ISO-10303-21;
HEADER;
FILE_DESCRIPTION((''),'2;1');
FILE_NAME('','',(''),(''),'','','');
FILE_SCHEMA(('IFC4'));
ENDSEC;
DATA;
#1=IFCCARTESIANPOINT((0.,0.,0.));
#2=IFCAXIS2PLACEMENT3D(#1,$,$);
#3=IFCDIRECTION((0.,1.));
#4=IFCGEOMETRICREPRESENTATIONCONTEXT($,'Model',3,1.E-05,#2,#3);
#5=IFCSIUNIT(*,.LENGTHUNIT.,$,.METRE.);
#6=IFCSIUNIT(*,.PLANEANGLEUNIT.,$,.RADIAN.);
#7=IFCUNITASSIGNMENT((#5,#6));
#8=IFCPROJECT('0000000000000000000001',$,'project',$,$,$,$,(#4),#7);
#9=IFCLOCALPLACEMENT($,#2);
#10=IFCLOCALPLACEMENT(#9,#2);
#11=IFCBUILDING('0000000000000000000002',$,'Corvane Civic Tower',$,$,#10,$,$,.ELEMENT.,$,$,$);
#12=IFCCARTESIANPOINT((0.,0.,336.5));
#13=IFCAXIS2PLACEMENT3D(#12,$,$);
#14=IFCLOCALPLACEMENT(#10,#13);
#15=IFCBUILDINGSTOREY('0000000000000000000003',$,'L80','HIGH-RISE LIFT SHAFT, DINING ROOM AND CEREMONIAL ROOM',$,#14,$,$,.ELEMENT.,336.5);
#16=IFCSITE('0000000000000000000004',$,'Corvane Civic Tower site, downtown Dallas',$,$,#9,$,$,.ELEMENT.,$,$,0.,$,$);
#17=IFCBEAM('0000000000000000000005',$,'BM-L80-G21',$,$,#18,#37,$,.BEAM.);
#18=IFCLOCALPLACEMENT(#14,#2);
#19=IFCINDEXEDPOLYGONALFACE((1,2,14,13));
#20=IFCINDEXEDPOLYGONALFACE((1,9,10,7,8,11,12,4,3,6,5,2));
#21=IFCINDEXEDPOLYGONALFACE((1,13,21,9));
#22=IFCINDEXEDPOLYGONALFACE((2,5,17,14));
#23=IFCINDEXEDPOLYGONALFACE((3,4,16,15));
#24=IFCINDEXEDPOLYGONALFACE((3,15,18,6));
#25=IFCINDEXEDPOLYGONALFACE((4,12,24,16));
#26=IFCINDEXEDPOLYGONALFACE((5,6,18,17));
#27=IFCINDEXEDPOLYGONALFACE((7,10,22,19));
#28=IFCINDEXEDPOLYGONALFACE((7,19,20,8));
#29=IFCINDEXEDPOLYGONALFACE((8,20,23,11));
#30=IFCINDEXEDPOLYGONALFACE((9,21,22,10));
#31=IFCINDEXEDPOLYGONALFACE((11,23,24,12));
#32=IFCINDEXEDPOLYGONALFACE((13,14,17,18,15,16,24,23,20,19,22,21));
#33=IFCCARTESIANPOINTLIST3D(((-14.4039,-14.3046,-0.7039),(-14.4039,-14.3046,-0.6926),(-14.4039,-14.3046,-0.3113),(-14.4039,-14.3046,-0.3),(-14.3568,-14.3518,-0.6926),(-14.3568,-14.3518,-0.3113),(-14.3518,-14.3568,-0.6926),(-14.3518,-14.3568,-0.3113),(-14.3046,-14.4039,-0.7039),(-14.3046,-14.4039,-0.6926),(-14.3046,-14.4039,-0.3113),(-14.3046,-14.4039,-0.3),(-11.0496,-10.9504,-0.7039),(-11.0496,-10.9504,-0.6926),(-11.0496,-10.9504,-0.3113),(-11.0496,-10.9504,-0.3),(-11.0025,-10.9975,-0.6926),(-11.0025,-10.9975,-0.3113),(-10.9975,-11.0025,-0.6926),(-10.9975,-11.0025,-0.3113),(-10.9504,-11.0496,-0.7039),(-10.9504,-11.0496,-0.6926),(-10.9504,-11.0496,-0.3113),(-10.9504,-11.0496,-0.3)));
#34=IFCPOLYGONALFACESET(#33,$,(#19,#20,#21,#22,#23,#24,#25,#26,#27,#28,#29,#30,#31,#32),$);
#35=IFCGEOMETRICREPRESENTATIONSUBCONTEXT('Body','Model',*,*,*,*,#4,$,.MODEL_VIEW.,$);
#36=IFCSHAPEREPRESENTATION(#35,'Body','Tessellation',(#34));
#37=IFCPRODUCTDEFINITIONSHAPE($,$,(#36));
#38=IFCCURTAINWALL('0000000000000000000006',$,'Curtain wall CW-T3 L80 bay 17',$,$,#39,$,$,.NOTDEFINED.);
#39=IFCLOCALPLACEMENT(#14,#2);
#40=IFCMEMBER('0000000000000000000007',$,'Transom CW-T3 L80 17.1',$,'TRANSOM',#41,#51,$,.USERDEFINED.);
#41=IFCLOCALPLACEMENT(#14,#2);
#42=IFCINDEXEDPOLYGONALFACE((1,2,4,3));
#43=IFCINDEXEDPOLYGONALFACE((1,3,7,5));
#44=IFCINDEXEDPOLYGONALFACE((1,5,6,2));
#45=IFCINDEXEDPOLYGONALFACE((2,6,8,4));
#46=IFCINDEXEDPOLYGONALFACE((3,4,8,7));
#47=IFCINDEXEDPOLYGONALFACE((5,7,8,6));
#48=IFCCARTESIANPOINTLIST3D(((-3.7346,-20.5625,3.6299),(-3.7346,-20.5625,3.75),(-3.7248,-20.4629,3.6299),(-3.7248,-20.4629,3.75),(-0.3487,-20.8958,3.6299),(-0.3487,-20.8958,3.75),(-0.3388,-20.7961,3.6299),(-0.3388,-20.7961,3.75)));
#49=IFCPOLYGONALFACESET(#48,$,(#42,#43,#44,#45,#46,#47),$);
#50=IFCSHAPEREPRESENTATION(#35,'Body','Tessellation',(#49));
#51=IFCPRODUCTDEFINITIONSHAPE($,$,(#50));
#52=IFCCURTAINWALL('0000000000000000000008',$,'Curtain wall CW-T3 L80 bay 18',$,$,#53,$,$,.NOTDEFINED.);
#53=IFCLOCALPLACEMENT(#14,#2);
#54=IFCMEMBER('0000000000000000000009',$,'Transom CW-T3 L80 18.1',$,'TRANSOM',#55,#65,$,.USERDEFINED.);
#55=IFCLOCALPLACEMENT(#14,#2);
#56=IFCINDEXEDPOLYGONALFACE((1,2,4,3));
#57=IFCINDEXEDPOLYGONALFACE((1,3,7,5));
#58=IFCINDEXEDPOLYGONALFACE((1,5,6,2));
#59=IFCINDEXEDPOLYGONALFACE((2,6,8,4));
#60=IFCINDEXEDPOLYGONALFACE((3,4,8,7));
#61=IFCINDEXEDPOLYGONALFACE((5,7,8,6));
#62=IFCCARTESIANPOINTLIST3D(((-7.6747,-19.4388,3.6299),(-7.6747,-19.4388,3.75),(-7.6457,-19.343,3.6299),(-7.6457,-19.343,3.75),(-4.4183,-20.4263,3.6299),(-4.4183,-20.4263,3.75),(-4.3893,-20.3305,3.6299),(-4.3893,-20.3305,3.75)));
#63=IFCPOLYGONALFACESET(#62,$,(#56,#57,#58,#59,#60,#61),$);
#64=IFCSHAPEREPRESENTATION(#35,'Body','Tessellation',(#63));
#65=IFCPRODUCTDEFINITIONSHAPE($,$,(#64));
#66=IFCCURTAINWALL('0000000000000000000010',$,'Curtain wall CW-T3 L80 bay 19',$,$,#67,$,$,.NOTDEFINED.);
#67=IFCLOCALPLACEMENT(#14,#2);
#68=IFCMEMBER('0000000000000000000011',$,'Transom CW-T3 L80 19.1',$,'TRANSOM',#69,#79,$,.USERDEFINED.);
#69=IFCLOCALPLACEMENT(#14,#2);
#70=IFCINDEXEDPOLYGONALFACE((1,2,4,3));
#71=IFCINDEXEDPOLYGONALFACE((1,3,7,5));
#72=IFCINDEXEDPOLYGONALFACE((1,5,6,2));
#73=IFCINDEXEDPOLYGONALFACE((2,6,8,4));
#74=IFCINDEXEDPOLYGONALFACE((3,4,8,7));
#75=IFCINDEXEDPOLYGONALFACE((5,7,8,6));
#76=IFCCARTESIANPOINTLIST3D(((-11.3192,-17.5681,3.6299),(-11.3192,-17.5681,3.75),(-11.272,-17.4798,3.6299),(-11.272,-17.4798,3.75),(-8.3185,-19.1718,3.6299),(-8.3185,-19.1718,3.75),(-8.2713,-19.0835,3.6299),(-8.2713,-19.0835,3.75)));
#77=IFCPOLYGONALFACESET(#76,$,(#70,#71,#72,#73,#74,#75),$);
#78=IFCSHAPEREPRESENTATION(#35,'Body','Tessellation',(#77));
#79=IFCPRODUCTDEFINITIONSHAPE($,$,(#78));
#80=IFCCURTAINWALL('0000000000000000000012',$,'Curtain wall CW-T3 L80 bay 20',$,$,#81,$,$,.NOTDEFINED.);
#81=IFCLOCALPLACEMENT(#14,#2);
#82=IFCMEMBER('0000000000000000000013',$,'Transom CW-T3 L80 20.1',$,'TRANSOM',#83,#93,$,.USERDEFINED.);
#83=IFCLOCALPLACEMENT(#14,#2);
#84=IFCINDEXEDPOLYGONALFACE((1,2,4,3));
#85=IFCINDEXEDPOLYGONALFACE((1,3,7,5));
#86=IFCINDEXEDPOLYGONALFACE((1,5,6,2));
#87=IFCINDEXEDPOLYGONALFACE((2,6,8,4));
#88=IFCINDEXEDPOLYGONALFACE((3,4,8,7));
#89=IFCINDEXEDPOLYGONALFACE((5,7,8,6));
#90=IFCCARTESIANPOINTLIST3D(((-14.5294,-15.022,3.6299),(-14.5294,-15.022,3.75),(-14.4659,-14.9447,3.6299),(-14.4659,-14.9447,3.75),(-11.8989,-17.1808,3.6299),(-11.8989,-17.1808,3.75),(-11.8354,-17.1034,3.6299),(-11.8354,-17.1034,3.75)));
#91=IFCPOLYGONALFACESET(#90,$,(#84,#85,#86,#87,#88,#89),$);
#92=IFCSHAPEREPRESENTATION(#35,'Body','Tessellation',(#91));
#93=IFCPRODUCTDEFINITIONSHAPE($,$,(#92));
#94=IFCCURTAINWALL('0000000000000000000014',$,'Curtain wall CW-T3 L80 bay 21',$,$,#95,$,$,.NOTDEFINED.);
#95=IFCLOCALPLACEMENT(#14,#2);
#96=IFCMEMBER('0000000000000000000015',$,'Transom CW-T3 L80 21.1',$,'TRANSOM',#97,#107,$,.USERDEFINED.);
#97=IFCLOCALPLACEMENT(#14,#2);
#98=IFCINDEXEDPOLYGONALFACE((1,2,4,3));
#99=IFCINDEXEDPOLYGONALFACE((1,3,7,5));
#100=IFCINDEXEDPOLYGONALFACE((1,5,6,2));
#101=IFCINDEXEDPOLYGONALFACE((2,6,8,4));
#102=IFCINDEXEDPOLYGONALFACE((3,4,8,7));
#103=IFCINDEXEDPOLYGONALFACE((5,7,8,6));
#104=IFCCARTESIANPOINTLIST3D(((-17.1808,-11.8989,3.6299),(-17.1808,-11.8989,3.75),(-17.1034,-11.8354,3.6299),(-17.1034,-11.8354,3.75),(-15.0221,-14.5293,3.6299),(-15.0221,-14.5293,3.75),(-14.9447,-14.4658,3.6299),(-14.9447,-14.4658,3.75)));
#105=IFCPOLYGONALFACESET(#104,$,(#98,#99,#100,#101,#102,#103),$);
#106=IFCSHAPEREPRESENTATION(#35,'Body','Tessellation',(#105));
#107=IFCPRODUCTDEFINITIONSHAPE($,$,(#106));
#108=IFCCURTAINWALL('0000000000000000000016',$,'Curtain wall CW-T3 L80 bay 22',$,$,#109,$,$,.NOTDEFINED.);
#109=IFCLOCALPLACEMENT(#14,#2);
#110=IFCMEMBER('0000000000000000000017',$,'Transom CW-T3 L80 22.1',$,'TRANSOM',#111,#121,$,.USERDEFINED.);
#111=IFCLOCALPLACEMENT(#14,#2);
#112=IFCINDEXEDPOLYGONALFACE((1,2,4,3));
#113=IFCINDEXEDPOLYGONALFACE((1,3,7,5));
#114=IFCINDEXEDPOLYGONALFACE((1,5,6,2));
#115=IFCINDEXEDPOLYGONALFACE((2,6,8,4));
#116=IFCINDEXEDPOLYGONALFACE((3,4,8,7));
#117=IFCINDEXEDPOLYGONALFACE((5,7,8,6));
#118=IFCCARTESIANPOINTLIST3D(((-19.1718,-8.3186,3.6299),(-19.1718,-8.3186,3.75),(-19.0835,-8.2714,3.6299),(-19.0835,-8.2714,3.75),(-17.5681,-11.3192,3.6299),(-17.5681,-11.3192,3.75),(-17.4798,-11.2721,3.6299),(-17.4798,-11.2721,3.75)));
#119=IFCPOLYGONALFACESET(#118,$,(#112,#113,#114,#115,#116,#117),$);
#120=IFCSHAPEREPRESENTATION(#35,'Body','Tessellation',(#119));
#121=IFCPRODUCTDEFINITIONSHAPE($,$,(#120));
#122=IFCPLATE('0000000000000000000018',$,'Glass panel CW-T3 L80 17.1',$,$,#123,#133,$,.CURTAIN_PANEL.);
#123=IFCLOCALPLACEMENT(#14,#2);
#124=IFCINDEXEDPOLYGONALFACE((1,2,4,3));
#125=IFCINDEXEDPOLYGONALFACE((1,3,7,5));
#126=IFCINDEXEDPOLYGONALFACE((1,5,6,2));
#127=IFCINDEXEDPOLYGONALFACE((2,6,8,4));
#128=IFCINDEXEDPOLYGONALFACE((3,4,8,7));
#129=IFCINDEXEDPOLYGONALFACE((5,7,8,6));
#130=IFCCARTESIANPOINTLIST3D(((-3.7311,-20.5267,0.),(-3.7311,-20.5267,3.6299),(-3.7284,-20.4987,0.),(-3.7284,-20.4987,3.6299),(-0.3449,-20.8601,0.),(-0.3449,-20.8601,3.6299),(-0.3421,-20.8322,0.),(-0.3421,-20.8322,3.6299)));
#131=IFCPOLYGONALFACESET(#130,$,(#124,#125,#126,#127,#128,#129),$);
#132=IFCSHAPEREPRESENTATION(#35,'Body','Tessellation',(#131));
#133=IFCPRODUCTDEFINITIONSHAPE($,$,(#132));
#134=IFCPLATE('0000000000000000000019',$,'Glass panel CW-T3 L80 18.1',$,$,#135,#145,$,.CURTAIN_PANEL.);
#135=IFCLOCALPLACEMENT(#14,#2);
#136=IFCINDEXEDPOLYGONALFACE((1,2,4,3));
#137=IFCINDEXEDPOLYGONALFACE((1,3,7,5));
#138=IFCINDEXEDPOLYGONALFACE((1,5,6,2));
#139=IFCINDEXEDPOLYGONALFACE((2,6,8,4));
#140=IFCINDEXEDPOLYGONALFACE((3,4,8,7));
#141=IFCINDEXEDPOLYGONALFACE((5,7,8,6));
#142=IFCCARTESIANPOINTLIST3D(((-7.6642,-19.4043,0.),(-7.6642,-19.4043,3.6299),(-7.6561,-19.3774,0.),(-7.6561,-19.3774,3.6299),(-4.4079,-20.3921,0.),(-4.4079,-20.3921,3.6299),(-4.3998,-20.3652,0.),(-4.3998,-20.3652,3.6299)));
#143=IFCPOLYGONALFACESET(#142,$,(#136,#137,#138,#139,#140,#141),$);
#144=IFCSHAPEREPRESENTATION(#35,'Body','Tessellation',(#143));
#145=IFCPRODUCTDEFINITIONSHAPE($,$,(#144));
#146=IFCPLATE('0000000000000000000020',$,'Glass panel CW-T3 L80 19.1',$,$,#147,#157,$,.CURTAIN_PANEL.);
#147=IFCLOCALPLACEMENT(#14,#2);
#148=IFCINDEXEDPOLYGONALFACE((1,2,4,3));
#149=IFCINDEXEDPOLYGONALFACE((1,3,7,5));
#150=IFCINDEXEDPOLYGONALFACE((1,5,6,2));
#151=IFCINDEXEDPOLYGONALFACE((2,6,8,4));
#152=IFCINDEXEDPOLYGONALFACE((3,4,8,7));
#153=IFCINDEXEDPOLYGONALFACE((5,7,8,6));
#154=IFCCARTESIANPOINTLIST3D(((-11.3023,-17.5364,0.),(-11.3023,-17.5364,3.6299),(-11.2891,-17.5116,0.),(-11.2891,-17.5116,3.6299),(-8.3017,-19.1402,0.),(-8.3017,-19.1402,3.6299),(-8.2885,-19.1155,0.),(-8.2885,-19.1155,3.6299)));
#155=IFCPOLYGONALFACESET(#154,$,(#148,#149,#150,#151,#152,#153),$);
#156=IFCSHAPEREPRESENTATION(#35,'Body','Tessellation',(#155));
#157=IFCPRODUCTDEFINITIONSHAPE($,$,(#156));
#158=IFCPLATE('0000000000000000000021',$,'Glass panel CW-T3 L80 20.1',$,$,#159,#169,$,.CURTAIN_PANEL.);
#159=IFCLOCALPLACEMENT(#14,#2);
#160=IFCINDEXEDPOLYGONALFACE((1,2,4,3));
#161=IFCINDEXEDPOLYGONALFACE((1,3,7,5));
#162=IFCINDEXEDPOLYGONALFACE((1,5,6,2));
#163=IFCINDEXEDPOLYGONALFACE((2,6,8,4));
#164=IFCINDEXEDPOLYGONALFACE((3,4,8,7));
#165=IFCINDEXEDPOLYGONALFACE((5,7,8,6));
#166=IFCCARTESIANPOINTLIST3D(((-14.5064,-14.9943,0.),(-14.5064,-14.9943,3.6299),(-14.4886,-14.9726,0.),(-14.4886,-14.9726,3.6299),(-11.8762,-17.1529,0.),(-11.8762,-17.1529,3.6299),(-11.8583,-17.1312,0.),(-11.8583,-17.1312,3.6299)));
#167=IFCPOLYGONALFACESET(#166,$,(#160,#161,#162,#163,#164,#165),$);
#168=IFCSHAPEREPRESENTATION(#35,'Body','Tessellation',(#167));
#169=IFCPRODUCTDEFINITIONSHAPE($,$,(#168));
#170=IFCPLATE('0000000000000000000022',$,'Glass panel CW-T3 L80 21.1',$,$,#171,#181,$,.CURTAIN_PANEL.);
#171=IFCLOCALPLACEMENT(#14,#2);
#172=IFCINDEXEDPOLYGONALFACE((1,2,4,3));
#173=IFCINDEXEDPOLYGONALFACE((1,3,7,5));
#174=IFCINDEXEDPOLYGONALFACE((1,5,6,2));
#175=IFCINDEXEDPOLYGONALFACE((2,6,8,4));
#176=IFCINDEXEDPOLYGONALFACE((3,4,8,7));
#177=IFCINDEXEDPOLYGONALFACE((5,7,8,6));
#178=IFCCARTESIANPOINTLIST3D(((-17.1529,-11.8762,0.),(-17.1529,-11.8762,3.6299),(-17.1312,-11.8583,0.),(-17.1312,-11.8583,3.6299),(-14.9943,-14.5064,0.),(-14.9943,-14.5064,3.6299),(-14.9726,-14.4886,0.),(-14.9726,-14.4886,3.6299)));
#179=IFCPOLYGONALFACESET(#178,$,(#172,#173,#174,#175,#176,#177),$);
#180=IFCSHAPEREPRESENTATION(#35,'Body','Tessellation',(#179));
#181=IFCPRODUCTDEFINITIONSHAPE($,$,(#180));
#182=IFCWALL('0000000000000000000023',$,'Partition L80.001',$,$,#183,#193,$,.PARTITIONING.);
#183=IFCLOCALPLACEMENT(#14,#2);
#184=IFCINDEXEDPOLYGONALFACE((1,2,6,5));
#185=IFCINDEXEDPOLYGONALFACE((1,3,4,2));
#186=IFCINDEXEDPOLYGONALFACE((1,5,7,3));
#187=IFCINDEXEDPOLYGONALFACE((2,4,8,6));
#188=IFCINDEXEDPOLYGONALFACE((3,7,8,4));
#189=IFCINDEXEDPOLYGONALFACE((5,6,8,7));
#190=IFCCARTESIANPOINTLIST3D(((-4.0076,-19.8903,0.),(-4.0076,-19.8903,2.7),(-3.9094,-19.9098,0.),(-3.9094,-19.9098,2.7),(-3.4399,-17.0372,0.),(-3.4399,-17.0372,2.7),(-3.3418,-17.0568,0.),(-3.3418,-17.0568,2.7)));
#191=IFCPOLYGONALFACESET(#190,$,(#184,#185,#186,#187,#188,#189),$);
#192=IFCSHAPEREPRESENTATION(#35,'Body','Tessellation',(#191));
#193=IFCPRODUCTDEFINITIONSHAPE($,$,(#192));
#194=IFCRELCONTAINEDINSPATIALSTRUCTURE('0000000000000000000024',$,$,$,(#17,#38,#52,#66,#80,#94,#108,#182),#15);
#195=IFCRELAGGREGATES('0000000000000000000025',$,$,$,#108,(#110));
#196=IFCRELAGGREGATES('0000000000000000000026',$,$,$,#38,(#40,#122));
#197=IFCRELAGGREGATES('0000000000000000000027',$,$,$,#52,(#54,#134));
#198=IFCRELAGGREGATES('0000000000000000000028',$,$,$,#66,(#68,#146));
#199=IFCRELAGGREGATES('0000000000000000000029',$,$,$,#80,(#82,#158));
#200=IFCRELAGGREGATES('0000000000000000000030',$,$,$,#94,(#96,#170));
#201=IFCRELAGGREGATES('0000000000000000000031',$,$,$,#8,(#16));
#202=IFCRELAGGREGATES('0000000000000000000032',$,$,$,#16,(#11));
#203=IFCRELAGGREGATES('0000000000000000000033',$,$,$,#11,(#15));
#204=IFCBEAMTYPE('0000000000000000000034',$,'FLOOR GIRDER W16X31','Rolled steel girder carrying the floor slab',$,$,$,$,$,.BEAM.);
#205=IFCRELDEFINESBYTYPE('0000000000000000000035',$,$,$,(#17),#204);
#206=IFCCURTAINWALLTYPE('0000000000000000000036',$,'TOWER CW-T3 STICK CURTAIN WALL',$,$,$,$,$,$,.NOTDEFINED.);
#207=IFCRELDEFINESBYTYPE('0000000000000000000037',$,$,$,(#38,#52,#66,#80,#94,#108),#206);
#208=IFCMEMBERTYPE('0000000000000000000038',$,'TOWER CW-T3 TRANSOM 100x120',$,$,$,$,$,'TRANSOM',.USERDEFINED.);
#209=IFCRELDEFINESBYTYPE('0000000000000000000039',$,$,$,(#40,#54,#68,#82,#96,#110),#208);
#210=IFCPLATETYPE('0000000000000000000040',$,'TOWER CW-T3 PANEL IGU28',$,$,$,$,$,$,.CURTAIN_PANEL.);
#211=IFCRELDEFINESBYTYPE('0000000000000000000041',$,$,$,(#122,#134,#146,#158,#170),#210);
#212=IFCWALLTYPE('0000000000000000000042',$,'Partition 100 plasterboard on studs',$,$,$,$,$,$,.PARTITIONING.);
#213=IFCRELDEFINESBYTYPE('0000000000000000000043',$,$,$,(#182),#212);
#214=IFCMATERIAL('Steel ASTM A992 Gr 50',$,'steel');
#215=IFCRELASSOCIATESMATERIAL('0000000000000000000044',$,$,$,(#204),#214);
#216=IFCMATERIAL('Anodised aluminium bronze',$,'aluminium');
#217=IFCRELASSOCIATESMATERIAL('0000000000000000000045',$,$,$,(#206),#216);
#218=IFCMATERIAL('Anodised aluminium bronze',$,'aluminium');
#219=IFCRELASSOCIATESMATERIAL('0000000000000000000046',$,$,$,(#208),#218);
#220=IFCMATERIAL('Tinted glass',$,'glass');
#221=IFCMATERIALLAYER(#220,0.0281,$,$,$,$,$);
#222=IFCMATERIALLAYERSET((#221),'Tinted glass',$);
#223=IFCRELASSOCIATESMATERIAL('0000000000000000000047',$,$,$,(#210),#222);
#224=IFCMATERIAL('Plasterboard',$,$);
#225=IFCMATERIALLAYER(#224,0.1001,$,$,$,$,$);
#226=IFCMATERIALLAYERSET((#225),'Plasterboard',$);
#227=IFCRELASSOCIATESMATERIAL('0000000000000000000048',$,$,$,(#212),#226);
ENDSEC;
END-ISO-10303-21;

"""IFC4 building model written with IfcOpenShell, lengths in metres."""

from ifc_helpers import new_model, si_unit, direction, frame, frame_2d, origin, origin_2d, place, context, subcontext, project, spatial, rectangle, i_section, extrude, material, layer, layer_set, material_profile, profile_set, type_object, element, aggregate, save


model = new_model("IFC4")

# Units and contexts
model_context = context("Model", 3, precision=1e-05, world=origin(), true_north=direction((0.0, 1.0)))
body_context = subcontext(model_context, "Body", "Model", "MODEL_VIEW")
ifc_project = project(units=[si_unit("LENGTHUNIT", "METRE"), si_unit("PLANEANGLEUNIT", "RADIAN")], contexts=[model_context])

# Site, building, storey
site_placement = place(None, origin())
site = spatial("IfcSite", under=ifc_project, at=site_placement, Name="Corvane Civic Tower site, downtown Dallas", CompositionType="ELEMENT", RefElevation=0.0)
building_placement = place(site_placement, origin())
building = spatial("IfcBuilding", under=site, at=building_placement, Name="Corvane Civic Tower", CompositionType="ELEMENT")
storey_placement = place(building_placement, frame((0.0, 0.0, 336.5)))
storey = spatial("IfcBuildingStorey", under=building, at=storey_placement, Name="L80", Description="HIGH-RISE LIFT SHAFT, DINING ROOM AND CEREMONIAL ROOM", CompositionType="ELEMENT", Elevation=336.5)

# Beam
ifc_material_1 = material(Name="Steel ASTM A992 Gr 50", Category="steel")
ifc_material_profile_1 = material_profile(ifc_material_1, i_section(OverallWidth=0.1404, OverallDepth=0.4038, WebThickness=0.0071, FlangeThickness=0.0112, at=origin_2d()), Name="W16X31")
ifc_profile_set_1 = profile_set([ifc_material_profile_1], Name="Steel ASTM A992 Gr 50")
beam_type_1 = type_object("IfcBeamType", Name="FLOOR GIRDER W16X31", Description="Rolled steel girder carrying the floor slab", PredefinedType="BEAM", material=ifc_profile_set_1)
beam_1_placement = place(storey_placement, frame((-11.0, -11.0, -0.502), z_axis=(-0.707107, -0.707107, 0.0), x_axis=(0.707107, -0.707107, 0.0)))
element("IfcBeam", 1, at=beam_1_placement, inside=storey, type_object=beam_type_1, Name="BM-L80-G21", PredefinedType="BEAM", context=body_context, shape_type="SweptSolid", body=[
    extrude(i_section(OverallWidth=0.1404, OverallDepth=0.4038, WebThickness=0.0071, FlangeThickness=0.0112, at=origin_2d()), origin(), (0.0, 0.0, 1.0), 4.7437),
])

# Curtain walls, members
ifc_material_2 = material(Name="Anodised aluminium bronze", Category="aluminium")
curtain_wall_type = type_object("IfcCurtainWallType", Name="TOWER CW-T3 STICK CURTAIN WALL", PredefinedType="NOTDEFINED", material=ifc_material_2)
curtain_wall_1_placement = place(storey_placement, origin())
curtain_wall_1 = element("IfcCurtainWall", 2, at=curtain_wall_1_placement, inside=storey, type_object=curtain_wall_type, Name="Curtain wall CW-T3 L80 bay 17", PredefinedType="NOTDEFINED")
ifc_material_3 = material(Name="Anodised aluminium bronze", Category="aluminium")
ifc_material_profile_2 = material_profile(ifc_material_3, rectangle(XDim=0.1001, YDim=0.1201, at=origin_2d()), Name="TOWER CW-T3 TRANSOM 100x120")
ifc_profile_set_2 = profile_set([ifc_material_profile_2], Name="Anodised aluminium bronze")
member_type = type_object("IfcMemberType", Name="TOWER CW-T3 TRANSOM 100x120", ElementType="TRANSOM", PredefinedType="USERDEFINED", material=ifc_profile_set_2)
member_1_placement = place(storey_placement, frame((-0.3438, -20.8459, 3.6899), z_axis=(-0.995192, 0.097948, 0.0), x_axis=(-0.097948, -0.995192, 0.0)))
member_1 = element("IfcMember", 3, at=member_1_placement, type_object=member_type, Name="Transom CW-T3 L80 17.1", ObjectType="TRANSOM", PredefinedType="USERDEFINED", context=body_context, shape_type="SweptSolid", body=[
    extrude(rectangle(XDim=0.1001, YDim=0.1201, at=origin_2d()), origin(), (0.0, 0.0, 1.0), 3.4023),
])
curtain_wall_2_placement = place(storey_placement, origin())
curtain_wall_2 = element("IfcCurtainWall", 4, at=curtain_wall_2_placement, inside=storey, type_object=curtain_wall_type, Name="Curtain wall CW-T3 L80 bay 18", PredefinedType="NOTDEFINED")
member_2_placement = place(storey_placement, frame((-4.4038, -20.3784, 3.6899), z_axis=(-0.956961, 0.290216, 0.0), x_axis=(-0.290216, -0.956961, 0.0)))
member_2 = element("IfcMember", 5, at=member_2_placement, type_object=member_type, Name="Transom CW-T3 L80 18.1", ObjectType="TRANSOM", PredefinedType="USERDEFINED", context=body_context, shape_type="SweptSolid", body=[
    extrude(rectangle(XDim=0.1001, YDim=0.1201, at=origin_2d()), origin(), (0.0, 0.0, 1.0), 3.4028),
])
curtain_wall_3_placement = place(storey_placement, origin())
curtain_wall_3 = element("IfcCurtainWall", 6, at=curtain_wall_3_placement, inside=storey, type_object=curtain_wall_type, Name="Curtain wall CW-T3 L80 bay 19", PredefinedType="NOTDEFINED")
member_3_placement = place(storey_placement, frame((-8.2949, -19.1277, 3.6899), z_axis=(-0.881941, 0.471359, 0.0), x_axis=(-0.471359, -0.881941, 0.0)))
member_3 = element("IfcMember", 7, at=member_3_placement, type_object=member_type, Name="Transom CW-T3 L80 19.1", ObjectType="TRANSOM", PredefinedType="USERDEFINED", context=body_context, shape_type="SweptSolid", body=[
    extrude(rectangle(XDim=0.1001, YDim=0.1201, at=origin_2d()), origin(), (0.0, 0.0, 1.0), 3.4023),
])
curtain_wall_4_placement = place(storey_placement, origin())
curtain_wall_4 = element("IfcCurtainWall", 8, at=curtain_wall_4_placement, inside=storey, type_object=curtain_wall_type, Name="Curtain wall CW-T3 L80 bay 20", PredefinedType="NOTDEFINED")
member_4_placement = place(storey_placement, frame((-11.8672, -17.1421, 3.6899), z_axis=(-0.77301, 0.634394, 0.0), x_axis=(-0.634394, -0.77301, 0.0)))
member_4 = element("IfcMember", 9, at=member_4_placement, type_object=member_type, Name="Transom CW-T3 L80 20.1", ObjectType="TRANSOM", PredefinedType="USERDEFINED", context=body_context, shape_type="SweptSolid", body=[
    extrude(rectangle(XDim=0.1001, YDim=0.1201, at=origin_2d()), origin(), (0.0, 0.0, 1.0), 3.4028),
])
curtain_wall_5_placement = place(storey_placement, origin())
curtain_wall_5 = element("IfcCurtainWall", 10, at=curtain_wall_5_placement, inside=storey, type_object=curtain_wall_type, Name="Curtain wall CW-T3 L80 bay 21", PredefinedType="NOTDEFINED")
member_5_placement = place(storey_placement, frame((-14.9834, -14.4976, 3.6899), z_axis=(-0.634394, 0.77301, 0.0), x_axis=(-0.77301, -0.634394, 0.0)))
member_5 = element("IfcMember", 11, at=member_5_placement, type_object=member_type, Name="Transom CW-T3 L80 21.1", ObjectType="TRANSOM", PredefinedType="USERDEFINED", context=body_context, shape_type="SweptSolid", body=[
    extrude(rectangle(XDim=0.1001, YDim=0.1201, at=origin_2d()), origin(), (0.0, 0.0, 1.0), 3.4028),
])
curtain_wall_6_placement = place(storey_placement, origin())
curtain_wall_6 = element("IfcCurtainWall", 12, at=curtain_wall_6_placement, inside=storey, type_object=curtain_wall_type, Name="Curtain wall CW-T3 L80 bay 22", PredefinedType="NOTDEFINED")
member_6_placement = place(storey_placement, frame((-17.5239, -11.2957, 3.6899), z_axis=(-0.471359, 0.881941, 0.0), x_axis=(-0.881941, -0.471359, 0.0)))
member_6 = element("IfcMember", 13, at=member_6_placement, type_object=member_type, Name="Transom CW-T3 L80 22.1", ObjectType="TRANSOM", PredefinedType="USERDEFINED", context=body_context, shape_type="SweptSolid", body=[
    extrude(rectangle(XDim=0.1001, YDim=0.1201, at=origin_2d()), origin(), (0.0, 0.0, 1.0), 3.4023),
])
aggregate(curtain_wall_6, [member_6])

# Plates
ifc_material_4 = material(Name="Tinted glass", Category="glass")
ifc_layer_1 = layer(ifc_material_4, 0.0281)
ifc_layer_set_1 = layer_set([ifc_layer_1], Name="Tinted glass")
plate_type = type_object("IfcPlateType", Name="TOWER CW-T3 PANEL IGU28", PredefinedType="CURTAIN_PANEL", material=ifc_layer_set_1)
plate_1_placement = place(storey_placement, frame((-2.0366, -20.6794, 0.0), z_axis=(0.0, 0.0, 1.0), x_axis=(-0.995187, 0.097998, 0.0)))
plate_1 = element("IfcPlate", 14, at=plate_1_placement, type_object=plate_type, Name="Glass panel CW-T3 L80 17.1", PredefinedType="CURTAIN_PANEL", context=body_context, shape_type="SweptSolid", body=[
    extrude(rectangle(XDim=3.4026, YDim=0.0281, at=origin_2d()), origin(), (0.0, 0.0, 1.0), 3.6299),
])
aggregate(curtain_wall_1, [member_1, plate_1])
plate_2_placement = place(storey_placement, frame((-6.032, -19.8848, 0.0), z_axis=(0.0, 0.0, 1.0), x_axis=(-0.956939, 0.29029, 0.0)))
plate_2 = element("IfcPlate", 15, at=plate_2_placement, type_object=plate_type, Name="Glass panel CW-T3 L80 18.1", PredefinedType="CURTAIN_PANEL", context=body_context, shape_type="SweptSolid", body=[
    extrude(rectangle(XDim=3.4028, YDim=0.0281, at=origin_2d()), origin(), (0.0, 0.0, 1.0), 3.6299),
])
aggregate(curtain_wall_2, [member_2, plate_2])
plate_3_placement = place(storey_placement, frame((-9.7954, -18.3259, 0.0), z_axis=(0.0, 0.0, 1.0), x_axis=(-0.881928, 0.471384, 0.0)))
plate_3 = element("IfcPlate", 16, at=plate_3_placement, type_object=plate_type, Name="Glass panel CW-T3 L80 19.1", PredefinedType="CURTAIN_PANEL", context=body_context, shape_type="SweptSolid", body=[
    extrude(rectangle(XDim=3.4023, YDim=0.0281, at=origin_2d()), origin(), (0.0, 0.0, 1.0), 3.6299),
])
aggregate(curtain_wall_3, [member_3, plate_3])
plate_4_placement = place(storey_placement, frame((-13.1824, -16.0627, 0.0), z_axis=(0.0, 0.0, 1.0), x_axis=(-0.77301, 0.634393, 0.0)))
plate_4 = element("IfcPlate", 17, at=plate_4_placement, type_object=plate_type, Name="Glass panel CW-T3 L80 20.1", PredefinedType="CURTAIN_PANEL", context=body_context, shape_type="SweptSolid", body=[
    extrude(rectangle(XDim=3.4026, YDim=0.0281, at=origin_2d()), origin(), (0.0, 0.0, 1.0), 3.6299),
])
aggregate(curtain_wall_4, [member_4, plate_4])
plate_5_placement = place(storey_placement, frame((-16.0627, -13.1824, 0.0), z_axis=(0.0, 0.0, 1.0), x_axis=(-0.634393, 0.77301, 0.0)))
plate_5 = element("IfcPlate", 18, at=plate_5_placement, type_object=plate_type, Name="Glass panel CW-T3 L80 21.1", PredefinedType="CURTAIN_PANEL", context=body_context, shape_type="SweptSolid", body=[
    extrude(rectangle(XDim=3.4026, YDim=0.0281, at=origin_2d()), origin(), (0.0, 0.0, 1.0), 3.6299),
])
aggregate(curtain_wall_5, [member_5, plate_5])

# Wall
ifc_material_5 = material(Name="Plasterboard")
ifc_layer_2 = layer(ifc_material_5, 0.1001)
ifc_layer_set_2 = layer_set([ifc_layer_2], Name="Plasterboard")
wall_type_1 = type_object("IfcWallType", Name="Partition 100 plasterboard on studs", PredefinedType="PARTITIONING", material=ifc_layer_set_2)
wall_1_placement = place(storey_placement, frame((-3.9585, -19.9001, 0.0), z_axis=(0.0, 0.0, 1.0), x_axis=(0.195132, 0.980777, 0.0)))
element("IfcWall", 19, at=wall_1_placement, inside=storey, type_object=wall_type_1, Name="Partition L80.001", PredefinedType="PARTITIONING", context=body_context, shape_type="SweptSolid", body=[
    extrude(rectangle(XDim=2.9089, YDim=0.1001, at=frame_2d((1.4546, 0.0))), origin(), (0.0, 0.0, 1.0), 2.7),
])

save(model, "model.ifc")
